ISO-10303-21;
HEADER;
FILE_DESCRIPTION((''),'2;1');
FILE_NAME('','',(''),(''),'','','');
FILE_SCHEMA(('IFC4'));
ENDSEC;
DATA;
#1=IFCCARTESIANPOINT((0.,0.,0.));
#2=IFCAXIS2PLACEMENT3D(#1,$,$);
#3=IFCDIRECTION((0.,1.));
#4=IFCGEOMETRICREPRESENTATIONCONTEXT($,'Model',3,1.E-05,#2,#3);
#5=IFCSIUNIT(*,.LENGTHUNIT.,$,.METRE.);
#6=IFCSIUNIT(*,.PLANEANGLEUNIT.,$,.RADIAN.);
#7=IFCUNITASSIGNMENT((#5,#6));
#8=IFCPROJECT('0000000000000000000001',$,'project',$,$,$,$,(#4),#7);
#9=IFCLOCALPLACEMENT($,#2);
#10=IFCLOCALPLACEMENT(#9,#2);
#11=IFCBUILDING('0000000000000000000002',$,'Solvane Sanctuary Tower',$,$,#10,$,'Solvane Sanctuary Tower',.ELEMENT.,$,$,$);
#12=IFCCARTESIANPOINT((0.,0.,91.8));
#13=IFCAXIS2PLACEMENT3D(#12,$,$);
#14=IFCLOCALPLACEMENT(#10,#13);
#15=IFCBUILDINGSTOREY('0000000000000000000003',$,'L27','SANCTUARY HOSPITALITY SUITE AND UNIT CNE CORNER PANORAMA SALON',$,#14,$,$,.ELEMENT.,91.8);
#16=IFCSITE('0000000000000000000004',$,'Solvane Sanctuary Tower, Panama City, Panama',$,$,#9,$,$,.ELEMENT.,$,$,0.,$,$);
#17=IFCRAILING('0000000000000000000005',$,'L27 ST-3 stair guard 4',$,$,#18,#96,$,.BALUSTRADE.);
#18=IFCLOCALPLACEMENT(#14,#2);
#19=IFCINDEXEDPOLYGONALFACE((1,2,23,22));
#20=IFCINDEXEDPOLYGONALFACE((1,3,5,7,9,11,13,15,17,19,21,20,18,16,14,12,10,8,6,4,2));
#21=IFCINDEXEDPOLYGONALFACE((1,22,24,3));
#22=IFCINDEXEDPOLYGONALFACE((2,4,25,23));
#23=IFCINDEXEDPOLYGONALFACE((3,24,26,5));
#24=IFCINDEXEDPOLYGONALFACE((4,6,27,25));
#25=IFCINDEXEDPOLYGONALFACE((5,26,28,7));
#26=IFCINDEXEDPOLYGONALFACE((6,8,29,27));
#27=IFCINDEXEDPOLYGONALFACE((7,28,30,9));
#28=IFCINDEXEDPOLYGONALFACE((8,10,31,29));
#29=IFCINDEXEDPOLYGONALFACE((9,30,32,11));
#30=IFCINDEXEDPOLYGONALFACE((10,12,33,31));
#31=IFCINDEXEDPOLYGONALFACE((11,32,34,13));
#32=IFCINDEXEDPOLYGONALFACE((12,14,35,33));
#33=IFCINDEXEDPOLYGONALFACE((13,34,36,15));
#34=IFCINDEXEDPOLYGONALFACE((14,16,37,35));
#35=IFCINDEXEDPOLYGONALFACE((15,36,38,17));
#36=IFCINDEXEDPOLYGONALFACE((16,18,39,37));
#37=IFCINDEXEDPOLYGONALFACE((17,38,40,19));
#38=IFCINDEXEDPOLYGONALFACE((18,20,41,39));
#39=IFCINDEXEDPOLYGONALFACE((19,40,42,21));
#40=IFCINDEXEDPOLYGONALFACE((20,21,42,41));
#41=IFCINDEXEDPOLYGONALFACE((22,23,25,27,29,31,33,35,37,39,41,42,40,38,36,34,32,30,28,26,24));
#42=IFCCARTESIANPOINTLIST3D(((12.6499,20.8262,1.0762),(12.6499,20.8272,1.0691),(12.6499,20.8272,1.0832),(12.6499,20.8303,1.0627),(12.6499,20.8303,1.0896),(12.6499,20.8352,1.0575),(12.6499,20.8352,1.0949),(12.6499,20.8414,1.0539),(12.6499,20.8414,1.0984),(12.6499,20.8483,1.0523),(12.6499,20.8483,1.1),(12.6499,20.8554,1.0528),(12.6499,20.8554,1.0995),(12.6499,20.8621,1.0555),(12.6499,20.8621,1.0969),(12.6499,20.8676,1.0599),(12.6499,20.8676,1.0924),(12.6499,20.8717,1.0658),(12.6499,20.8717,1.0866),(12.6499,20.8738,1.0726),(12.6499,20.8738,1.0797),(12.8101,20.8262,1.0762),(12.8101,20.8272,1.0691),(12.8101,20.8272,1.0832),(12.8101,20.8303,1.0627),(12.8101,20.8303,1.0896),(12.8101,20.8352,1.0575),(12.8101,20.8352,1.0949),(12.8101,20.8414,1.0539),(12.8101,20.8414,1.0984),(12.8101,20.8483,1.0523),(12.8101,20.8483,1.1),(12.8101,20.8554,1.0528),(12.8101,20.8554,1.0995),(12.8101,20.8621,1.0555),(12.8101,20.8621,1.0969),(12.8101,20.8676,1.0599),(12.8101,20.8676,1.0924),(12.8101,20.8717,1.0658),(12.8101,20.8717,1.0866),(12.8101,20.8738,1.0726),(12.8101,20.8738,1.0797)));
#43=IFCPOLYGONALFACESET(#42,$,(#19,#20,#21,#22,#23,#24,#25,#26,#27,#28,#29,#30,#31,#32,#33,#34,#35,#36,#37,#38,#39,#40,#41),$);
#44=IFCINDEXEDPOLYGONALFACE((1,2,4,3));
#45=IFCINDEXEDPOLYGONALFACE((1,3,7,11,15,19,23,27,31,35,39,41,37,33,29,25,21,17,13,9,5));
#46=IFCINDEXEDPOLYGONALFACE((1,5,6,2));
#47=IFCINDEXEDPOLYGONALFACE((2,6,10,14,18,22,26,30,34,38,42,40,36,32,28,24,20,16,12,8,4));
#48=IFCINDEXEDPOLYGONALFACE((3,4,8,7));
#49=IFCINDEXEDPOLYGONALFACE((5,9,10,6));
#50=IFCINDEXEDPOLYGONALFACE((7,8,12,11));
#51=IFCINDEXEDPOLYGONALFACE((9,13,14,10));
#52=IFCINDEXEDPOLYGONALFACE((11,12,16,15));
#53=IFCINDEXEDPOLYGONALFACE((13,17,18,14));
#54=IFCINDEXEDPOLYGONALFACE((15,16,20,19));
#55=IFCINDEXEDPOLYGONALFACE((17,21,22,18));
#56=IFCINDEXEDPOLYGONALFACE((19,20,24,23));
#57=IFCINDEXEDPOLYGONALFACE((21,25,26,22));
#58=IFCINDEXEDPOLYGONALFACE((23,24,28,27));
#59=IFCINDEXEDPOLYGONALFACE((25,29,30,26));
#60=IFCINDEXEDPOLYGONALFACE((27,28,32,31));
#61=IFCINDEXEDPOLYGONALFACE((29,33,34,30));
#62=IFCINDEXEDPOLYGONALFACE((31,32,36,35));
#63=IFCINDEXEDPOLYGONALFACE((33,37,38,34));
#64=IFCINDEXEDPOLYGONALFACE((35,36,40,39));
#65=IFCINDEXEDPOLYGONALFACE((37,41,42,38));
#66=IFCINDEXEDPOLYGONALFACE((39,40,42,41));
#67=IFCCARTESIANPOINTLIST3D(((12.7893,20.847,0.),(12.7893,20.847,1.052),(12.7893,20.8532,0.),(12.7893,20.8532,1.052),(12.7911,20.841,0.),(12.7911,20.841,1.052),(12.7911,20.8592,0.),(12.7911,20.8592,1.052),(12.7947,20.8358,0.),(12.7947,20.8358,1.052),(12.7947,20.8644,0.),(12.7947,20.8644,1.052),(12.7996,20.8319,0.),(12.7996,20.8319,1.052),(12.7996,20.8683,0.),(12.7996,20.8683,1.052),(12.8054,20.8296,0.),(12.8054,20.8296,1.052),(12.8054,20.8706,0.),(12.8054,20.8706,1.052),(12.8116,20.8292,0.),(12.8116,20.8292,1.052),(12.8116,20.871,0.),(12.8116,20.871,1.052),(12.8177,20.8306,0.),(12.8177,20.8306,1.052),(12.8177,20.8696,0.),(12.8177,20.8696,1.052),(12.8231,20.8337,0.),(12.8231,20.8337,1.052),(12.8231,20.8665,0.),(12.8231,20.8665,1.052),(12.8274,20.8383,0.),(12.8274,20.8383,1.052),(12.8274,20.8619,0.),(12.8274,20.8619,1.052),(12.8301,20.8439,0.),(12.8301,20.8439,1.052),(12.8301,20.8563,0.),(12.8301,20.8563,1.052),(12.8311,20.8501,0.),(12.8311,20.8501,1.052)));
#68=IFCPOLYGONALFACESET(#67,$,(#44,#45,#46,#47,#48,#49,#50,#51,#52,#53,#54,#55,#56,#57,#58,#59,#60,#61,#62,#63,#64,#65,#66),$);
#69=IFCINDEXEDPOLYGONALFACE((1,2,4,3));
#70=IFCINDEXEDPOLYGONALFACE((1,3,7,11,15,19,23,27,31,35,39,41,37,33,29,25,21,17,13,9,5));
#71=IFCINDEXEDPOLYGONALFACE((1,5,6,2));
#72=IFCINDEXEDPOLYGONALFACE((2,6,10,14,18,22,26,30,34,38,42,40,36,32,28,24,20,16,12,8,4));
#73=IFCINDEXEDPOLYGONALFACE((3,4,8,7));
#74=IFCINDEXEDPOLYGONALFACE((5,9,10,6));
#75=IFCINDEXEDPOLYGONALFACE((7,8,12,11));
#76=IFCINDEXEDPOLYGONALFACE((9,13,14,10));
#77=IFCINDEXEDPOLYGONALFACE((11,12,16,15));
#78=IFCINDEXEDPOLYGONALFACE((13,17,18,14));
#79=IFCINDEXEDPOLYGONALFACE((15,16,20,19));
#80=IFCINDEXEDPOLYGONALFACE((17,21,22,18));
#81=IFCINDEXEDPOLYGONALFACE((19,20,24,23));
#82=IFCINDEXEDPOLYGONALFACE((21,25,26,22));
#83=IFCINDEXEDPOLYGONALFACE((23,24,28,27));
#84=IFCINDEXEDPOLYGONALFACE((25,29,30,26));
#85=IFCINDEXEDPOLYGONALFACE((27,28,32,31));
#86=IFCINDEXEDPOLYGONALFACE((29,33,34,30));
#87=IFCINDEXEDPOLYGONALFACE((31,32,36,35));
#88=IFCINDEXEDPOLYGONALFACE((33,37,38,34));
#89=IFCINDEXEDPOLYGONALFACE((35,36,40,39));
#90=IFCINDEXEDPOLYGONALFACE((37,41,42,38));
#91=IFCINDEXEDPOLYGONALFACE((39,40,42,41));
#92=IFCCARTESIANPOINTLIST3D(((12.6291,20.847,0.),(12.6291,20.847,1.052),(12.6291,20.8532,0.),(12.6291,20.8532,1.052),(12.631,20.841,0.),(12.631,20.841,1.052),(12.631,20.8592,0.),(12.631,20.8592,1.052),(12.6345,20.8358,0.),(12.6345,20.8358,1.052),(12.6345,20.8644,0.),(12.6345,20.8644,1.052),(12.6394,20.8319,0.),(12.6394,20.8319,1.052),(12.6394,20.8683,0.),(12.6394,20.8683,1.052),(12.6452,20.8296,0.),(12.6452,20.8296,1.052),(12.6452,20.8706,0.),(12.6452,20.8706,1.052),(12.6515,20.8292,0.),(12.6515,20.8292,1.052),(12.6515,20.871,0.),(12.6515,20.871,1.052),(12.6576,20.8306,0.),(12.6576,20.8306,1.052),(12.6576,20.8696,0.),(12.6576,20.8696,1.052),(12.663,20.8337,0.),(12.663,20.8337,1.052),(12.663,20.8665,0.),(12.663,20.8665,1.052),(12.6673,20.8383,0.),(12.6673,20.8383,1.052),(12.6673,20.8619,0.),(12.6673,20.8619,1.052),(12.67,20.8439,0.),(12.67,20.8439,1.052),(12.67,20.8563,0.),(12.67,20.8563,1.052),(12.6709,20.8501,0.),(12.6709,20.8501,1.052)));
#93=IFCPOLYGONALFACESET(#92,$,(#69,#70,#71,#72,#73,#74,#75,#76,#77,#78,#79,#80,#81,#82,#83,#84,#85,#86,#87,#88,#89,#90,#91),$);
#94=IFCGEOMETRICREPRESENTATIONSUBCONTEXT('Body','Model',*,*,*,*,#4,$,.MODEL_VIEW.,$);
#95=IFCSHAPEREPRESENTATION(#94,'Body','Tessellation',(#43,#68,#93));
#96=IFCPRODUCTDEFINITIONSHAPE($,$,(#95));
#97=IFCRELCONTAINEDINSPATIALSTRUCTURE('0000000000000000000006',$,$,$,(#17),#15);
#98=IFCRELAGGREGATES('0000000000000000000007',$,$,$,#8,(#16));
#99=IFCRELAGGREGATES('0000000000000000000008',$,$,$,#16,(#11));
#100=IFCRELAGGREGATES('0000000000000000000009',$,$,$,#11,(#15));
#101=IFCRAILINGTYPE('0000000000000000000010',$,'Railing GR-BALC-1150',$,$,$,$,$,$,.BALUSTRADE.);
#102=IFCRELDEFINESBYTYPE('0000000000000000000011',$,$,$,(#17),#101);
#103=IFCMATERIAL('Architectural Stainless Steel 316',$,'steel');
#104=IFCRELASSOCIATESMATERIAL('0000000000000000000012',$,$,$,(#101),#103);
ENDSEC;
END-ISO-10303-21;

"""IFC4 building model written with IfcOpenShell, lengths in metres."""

from ifc_helpers import new_model, si_unit, direction, frame, origin, origin_2d, place, context, subcontext, project, spatial, circle, extrude, material, type_object, element, save


model = new_model("IFC4")

# Units and contexts
model_context = context("Model", 3, precision=1e-05, world=origin(), true_north=direction((0.0, 1.0)))
body_context = subcontext(model_context, "Body", "Model", "MODEL_VIEW")
ifc_project = project(units=[si_unit("LENGTHUNIT", "METRE"), si_unit("PLANEANGLEUNIT", "RADIAN")], contexts=[model_context])

# Site, building, storey
site_placement = place(None, origin())
site = spatial("IfcSite", under=ifc_project, at=site_placement, Name="Solvane Sanctuary Tower, Panama City, Panama", CompositionType="ELEMENT", RefElevation=0.0)
building_placement = place(site_placement, origin())
building = spatial("IfcBuilding", under=site, at=building_placement, Name="Solvane Sanctuary Tower", LongName="Solvane Sanctuary Tower", CompositionType="ELEMENT")
storey_placement = place(building_placement, frame((0.0, 0.0, 91.8)))
storey = spatial("IfcBuildingStorey", under=building, at=storey_placement, Name="L27", Description="SANCTUARY HOSPITALITY SUITE AND UNIT CNE CORNER PANORAMA SALON", CompositionType="ELEMENT", Elevation=91.8)

# Shared definitions
ifc_material_1 = material(Name="Architectural Stainless Steel 316", Category="steel")

# Railing
railing_type_1 = type_object("IfcRailingType", Name="Railing GR-BALC-1150", PredefinedType="BALUSTRADE", material=ifc_material_1)
railing_1_placement = place(storey_placement, frame((12.8101, 20.8501, 0.0)))
element("IfcRailing", 1, at=railing_1_placement, inside=storey, type_object=railing_type_1, Name="L27 ST-3 stair guard 4", PredefinedType="BALUSTRADE", context=body_context, shape_type="SweptSolid", body=[
    extrude(circle(Radius=0.0239, at=origin_2d()), frame((0.0, 0.0, 1.0762), z_axis=(-1.0, 0.0, 0.0), x_axis=(0.0, -1.0, 0.0)), (0.0, 0.0, 1.0), 0.1602),
    extrude(circle(Radius=0.021, at=origin_2d()), origin(), (0.0, 0.0, 1.0), 1.052),
    extrude(circle(Radius=0.021, at=origin_2d()), frame((-0.1602, 0.0, 0.0)), (0.0, 0.0, 1.0), 1.052),
])

save(model, "model.ifc")
